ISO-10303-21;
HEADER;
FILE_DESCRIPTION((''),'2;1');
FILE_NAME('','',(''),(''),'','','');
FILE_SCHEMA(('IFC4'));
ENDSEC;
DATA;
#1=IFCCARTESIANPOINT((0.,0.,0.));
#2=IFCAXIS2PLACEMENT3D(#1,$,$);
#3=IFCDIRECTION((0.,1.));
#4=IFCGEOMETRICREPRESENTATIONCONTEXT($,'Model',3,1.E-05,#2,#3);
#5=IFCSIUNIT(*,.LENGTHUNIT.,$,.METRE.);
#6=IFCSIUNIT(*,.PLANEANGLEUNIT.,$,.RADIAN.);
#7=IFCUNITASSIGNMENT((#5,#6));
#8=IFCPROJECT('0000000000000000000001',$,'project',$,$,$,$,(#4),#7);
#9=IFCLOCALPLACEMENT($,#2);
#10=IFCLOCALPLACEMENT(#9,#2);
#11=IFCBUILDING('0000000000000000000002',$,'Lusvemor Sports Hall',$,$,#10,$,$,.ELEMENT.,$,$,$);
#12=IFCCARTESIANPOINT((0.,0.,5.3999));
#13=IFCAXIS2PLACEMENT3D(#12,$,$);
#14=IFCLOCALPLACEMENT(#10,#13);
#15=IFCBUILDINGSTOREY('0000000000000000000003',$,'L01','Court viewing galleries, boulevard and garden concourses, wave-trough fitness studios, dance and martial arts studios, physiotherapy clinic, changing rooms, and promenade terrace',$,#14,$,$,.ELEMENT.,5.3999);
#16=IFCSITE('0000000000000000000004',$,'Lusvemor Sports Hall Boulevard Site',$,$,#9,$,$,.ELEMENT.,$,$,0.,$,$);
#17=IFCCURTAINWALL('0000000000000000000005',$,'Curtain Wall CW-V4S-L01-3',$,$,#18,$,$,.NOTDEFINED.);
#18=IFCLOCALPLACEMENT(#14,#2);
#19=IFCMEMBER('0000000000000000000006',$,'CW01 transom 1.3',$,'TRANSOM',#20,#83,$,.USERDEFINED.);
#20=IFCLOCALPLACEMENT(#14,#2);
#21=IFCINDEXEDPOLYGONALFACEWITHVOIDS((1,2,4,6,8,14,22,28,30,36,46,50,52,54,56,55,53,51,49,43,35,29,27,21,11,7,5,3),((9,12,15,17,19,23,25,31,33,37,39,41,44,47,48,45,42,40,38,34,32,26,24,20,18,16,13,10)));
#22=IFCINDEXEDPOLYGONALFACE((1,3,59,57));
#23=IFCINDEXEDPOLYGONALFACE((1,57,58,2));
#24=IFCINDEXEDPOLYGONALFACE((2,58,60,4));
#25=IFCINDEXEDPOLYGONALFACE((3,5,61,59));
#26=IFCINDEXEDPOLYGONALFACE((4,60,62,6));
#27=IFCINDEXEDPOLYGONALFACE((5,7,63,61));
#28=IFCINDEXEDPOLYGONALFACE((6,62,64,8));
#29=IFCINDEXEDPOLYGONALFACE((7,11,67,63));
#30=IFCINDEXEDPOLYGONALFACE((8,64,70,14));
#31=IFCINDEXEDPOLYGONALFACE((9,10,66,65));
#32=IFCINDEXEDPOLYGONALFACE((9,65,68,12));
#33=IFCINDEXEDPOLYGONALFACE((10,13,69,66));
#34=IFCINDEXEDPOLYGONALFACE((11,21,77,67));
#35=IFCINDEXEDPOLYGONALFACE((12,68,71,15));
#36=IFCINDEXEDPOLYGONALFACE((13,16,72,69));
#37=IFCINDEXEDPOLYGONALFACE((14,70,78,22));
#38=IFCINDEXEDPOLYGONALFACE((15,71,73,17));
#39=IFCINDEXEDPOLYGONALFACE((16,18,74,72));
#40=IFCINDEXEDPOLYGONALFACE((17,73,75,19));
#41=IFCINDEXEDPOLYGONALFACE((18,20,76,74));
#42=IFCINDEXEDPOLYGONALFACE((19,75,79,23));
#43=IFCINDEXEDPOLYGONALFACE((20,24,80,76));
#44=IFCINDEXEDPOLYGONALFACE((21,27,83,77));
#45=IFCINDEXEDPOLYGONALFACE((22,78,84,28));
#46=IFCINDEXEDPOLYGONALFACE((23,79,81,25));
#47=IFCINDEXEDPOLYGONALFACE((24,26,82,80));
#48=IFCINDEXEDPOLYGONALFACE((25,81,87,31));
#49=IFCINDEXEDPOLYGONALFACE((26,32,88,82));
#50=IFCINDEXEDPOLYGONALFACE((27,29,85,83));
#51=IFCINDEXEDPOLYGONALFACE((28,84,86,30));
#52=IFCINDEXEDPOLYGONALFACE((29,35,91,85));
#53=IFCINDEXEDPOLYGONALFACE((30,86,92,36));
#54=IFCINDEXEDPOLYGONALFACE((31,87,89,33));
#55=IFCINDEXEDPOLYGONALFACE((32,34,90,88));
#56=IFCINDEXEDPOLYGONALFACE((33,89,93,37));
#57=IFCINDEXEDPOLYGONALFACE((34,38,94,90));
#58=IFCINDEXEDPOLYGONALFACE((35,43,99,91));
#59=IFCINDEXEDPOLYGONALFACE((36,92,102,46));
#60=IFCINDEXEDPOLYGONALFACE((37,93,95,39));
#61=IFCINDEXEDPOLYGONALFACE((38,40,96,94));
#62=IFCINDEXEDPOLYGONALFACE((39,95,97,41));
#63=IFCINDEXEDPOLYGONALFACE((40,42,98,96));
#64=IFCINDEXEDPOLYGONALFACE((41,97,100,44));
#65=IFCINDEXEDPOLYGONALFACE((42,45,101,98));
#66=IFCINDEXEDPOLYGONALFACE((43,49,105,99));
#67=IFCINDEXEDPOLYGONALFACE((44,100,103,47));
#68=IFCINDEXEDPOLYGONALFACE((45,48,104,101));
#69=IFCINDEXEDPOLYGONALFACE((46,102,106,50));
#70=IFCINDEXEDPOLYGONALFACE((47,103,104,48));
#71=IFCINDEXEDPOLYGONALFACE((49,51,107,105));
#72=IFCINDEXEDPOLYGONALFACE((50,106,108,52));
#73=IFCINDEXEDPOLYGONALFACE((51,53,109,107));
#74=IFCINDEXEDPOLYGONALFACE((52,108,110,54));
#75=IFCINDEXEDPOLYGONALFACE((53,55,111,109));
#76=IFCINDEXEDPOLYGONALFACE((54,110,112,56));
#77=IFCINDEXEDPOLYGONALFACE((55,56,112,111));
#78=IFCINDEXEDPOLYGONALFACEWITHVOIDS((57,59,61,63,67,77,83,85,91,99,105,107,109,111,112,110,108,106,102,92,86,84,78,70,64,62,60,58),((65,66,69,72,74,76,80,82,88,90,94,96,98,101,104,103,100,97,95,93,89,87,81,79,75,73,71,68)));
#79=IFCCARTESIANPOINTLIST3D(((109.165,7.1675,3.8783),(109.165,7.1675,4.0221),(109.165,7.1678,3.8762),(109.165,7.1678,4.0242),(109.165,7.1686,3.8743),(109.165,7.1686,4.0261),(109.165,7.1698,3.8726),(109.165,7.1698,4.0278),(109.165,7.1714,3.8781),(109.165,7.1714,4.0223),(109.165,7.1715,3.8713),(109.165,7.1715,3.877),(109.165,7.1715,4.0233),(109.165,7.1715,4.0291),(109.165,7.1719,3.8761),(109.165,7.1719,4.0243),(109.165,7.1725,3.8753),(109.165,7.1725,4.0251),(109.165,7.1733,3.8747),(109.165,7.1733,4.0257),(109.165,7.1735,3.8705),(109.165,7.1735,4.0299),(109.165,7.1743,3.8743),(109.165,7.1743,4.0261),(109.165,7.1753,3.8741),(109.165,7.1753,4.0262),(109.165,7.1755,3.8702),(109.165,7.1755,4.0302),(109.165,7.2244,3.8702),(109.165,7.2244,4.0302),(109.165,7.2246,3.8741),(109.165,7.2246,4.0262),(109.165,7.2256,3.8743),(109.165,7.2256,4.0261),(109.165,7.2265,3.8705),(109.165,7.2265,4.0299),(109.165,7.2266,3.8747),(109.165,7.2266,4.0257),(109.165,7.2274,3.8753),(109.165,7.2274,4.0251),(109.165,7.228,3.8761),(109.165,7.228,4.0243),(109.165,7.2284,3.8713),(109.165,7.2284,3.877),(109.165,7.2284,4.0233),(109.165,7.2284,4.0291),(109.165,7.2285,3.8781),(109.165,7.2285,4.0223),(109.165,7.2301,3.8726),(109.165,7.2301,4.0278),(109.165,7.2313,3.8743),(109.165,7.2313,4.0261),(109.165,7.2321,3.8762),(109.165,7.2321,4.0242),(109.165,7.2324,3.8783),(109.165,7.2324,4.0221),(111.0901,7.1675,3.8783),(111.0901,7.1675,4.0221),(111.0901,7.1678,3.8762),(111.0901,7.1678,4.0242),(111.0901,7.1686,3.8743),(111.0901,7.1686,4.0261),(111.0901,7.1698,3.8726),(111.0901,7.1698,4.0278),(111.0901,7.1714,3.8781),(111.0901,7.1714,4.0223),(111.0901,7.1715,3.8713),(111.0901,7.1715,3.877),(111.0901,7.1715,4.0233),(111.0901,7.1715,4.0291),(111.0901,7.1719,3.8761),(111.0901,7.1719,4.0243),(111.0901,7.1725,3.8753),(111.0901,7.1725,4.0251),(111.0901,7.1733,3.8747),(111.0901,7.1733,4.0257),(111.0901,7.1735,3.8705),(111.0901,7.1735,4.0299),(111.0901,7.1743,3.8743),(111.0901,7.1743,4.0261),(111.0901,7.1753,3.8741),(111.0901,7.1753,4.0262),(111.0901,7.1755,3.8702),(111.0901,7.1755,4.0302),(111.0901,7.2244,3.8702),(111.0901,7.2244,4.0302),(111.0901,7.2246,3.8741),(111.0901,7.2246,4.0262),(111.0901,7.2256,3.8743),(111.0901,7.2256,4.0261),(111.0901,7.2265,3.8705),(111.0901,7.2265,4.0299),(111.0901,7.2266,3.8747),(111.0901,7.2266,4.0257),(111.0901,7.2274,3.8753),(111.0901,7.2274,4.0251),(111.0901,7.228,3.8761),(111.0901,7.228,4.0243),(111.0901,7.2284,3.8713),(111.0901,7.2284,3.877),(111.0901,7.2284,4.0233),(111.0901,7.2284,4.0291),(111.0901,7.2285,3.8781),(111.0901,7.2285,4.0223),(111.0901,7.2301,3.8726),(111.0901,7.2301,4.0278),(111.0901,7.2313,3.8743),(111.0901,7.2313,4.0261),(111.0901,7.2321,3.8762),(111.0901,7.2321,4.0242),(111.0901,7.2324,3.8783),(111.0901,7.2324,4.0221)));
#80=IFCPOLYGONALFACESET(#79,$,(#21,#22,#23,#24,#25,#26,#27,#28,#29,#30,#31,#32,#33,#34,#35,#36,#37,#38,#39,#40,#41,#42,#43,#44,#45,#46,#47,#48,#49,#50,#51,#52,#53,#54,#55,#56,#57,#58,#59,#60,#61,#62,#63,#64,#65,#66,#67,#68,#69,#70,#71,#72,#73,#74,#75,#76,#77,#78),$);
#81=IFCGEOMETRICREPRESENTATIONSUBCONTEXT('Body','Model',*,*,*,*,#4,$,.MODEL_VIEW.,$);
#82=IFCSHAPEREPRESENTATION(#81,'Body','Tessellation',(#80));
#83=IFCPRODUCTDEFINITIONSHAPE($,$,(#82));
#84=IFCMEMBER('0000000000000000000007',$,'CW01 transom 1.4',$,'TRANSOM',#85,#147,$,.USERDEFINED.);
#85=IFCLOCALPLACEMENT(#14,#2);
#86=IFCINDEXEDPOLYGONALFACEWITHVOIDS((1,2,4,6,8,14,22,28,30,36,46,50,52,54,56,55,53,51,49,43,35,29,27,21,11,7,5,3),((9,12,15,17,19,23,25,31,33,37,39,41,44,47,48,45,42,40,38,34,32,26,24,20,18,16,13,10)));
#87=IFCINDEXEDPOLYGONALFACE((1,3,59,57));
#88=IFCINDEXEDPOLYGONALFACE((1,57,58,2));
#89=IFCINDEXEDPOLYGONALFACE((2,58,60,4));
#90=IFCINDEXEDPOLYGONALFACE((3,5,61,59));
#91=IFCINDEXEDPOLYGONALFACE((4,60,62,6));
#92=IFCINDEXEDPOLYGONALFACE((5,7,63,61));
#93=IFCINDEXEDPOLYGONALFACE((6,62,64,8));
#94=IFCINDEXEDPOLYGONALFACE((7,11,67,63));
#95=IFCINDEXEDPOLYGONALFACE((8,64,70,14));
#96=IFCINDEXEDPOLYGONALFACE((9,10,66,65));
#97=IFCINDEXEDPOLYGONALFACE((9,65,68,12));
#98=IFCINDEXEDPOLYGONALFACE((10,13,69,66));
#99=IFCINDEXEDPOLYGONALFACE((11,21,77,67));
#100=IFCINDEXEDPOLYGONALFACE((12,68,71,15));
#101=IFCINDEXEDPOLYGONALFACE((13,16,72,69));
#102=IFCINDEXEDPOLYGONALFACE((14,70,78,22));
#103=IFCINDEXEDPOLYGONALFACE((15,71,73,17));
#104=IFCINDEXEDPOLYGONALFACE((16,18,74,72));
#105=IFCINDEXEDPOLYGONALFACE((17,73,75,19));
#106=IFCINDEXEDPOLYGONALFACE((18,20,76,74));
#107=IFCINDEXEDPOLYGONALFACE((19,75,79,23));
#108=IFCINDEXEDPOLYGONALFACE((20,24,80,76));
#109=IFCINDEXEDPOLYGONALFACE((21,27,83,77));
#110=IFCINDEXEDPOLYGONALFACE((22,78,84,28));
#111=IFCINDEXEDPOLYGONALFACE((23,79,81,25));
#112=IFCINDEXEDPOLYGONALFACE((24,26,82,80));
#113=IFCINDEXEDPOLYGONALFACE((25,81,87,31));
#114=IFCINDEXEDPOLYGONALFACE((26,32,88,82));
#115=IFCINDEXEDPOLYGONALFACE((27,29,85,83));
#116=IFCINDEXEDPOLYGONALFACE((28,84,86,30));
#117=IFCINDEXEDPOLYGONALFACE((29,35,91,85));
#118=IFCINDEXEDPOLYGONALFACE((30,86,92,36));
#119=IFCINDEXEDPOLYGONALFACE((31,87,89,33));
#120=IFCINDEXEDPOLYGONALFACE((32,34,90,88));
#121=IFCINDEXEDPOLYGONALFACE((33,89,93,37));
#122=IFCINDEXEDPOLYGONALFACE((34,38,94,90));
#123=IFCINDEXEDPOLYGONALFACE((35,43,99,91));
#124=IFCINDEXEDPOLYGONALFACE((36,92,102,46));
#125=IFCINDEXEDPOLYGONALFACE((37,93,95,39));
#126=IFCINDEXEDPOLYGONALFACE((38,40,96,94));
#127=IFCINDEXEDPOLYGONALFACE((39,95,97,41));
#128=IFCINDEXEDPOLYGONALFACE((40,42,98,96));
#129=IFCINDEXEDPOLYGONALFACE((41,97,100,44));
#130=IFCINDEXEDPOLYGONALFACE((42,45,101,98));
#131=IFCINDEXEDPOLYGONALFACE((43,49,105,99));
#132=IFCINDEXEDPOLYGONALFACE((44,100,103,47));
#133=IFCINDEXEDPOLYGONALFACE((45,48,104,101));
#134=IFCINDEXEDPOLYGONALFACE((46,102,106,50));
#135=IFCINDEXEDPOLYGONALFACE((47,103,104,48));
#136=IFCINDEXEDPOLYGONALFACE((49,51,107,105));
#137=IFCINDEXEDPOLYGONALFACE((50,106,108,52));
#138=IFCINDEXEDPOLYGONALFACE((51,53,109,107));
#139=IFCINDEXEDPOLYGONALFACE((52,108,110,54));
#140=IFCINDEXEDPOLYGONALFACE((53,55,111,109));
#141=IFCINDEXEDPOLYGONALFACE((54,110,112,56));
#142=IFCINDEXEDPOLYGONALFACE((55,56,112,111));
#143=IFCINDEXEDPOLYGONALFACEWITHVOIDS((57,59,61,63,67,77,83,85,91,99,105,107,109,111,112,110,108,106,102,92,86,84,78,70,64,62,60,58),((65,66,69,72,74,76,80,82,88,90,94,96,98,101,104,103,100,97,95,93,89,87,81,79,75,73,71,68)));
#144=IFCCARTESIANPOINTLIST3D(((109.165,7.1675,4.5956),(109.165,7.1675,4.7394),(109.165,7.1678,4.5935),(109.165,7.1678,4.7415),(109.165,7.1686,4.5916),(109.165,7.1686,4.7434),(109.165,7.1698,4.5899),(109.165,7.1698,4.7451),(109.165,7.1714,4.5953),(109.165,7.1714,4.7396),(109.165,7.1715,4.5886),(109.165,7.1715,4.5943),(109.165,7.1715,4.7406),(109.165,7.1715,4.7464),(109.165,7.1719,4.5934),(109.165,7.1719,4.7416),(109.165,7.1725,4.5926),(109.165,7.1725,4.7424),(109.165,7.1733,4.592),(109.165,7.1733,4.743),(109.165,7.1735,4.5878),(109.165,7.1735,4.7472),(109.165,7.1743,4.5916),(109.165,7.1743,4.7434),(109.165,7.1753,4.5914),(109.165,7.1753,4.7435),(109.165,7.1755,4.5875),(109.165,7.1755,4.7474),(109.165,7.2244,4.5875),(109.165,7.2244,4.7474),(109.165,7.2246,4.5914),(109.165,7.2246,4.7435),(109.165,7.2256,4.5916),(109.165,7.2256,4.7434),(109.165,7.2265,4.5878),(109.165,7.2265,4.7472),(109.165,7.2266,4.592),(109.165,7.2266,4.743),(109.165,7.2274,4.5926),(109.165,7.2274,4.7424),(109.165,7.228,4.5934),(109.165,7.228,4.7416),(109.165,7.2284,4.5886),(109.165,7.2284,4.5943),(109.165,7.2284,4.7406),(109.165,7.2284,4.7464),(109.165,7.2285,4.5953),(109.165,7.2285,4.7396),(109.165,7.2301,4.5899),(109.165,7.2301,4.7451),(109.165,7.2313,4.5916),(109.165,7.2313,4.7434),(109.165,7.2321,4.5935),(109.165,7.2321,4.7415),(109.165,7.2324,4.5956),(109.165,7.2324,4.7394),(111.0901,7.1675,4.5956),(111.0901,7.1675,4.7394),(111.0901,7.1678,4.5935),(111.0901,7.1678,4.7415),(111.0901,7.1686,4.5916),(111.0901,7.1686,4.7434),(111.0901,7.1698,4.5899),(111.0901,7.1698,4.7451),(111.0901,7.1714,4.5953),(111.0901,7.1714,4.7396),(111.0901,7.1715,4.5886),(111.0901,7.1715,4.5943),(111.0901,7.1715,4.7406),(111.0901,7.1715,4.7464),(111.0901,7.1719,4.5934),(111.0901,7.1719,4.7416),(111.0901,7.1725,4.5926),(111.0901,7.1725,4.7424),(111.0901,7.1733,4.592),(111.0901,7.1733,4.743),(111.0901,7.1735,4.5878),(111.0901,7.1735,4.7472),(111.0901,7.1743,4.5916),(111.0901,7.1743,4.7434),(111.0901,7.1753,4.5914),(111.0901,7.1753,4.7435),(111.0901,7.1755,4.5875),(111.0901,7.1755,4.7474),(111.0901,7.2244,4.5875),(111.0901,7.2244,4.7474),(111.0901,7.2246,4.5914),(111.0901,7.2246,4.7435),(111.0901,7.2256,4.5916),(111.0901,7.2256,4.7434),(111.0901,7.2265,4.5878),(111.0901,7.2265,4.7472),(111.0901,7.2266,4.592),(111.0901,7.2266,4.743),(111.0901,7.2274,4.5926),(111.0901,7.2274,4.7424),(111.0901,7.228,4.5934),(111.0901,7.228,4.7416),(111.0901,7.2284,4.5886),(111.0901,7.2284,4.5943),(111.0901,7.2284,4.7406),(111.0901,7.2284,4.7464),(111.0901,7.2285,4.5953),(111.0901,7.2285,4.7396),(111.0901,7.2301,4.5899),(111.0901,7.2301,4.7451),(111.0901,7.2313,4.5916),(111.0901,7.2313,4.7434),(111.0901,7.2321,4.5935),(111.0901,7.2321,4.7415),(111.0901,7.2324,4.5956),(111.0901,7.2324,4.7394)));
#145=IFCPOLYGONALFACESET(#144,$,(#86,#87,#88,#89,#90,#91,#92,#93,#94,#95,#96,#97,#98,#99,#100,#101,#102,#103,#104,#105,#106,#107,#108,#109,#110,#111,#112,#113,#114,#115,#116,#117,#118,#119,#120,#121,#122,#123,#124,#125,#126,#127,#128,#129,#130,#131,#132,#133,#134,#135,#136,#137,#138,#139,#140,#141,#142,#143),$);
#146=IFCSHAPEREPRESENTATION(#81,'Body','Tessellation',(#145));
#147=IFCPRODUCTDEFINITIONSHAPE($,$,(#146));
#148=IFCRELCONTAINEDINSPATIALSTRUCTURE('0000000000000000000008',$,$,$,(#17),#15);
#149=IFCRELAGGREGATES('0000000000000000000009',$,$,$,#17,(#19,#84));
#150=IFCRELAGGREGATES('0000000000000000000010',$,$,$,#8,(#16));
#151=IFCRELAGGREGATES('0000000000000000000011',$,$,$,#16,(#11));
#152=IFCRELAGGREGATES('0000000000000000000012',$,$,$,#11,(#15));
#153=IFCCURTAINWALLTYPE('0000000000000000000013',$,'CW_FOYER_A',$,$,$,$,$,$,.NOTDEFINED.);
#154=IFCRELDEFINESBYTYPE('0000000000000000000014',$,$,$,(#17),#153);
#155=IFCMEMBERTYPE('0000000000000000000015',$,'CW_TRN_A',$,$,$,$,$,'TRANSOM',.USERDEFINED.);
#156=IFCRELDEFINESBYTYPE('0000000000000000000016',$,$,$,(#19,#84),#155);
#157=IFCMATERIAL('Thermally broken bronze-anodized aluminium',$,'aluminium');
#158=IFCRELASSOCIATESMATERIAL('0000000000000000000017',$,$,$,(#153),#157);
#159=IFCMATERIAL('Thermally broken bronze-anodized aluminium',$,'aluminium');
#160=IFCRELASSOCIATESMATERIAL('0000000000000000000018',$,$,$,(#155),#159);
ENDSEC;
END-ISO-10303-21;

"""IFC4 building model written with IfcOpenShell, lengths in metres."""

from ifc_helpers import new_model, si_unit, direction, frame, origin, origin_2d, place, context, subcontext, project, spatial, hollow_rectangle, extrude, material, material_profile, profile_set, type_object, element, aggregate, save


model = new_model("IFC4")

# Units and contexts
model_context = context("Model", 3, precision=1e-05, world=origin(), true_north=direction((0.0, 1.0)))
body_context = subcontext(model_context, "Body", "Model", "MODEL_VIEW")
ifc_project = project(units=[si_unit("LENGTHUNIT", "METRE"), si_unit("PLANEANGLEUNIT", "RADIAN")], contexts=[model_context])

# Site, building, storey
site_placement = place(None, origin())
site = spatial("IfcSite", under=ifc_project, at=site_placement, Name="Lusvemor Sports Hall Boulevard Site", CompositionType="ELEMENT", RefElevation=0.0)
building_placement = place(site_placement, origin())
building = spatial("IfcBuilding", under=site, at=building_placement, Name="Lusvemor Sports Hall", CompositionType="ELEMENT")
storey_placement = place(building_placement, frame((0.0, 0.0, 5.3999)))
storey = spatial("IfcBuildingStorey", under=building, at=storey_placement, Name="L01", Description="Court viewing galleries, boulevard and garden concourses, wave-trough fitness studios, dance and martial arts studios, physiotherapy clinic, changing rooms, and promenade terrace", CompositionType="ELEMENT", Elevation=5.3999)

# Curtain wall, members
ifc_material_1 = material(Name="Thermally broken bronze-anodized aluminium", Category="aluminium")
curtain_wall_type = type_object("IfcCurtainWallType", Name="CW_FOYER_A", PredefinedType="NOTDEFINED", material=ifc_material_1)
curtain_wall_placement = place(storey_placement, origin())
curtain_wall = element("IfcCurtainWall", 1, at=curtain_wall_placement, inside=storey, type_object=curtain_wall_type, Name="Curtain Wall CW-V4S-L01-3", PredefinedType="NOTDEFINED")
ifc_material_2 = material(Name="Thermally broken bronze-anodized aluminium", Category="aluminium")
ifc_material_profile_1 = material_profile(ifc_material_2, hollow_rectangle(XDim=0.0649, YDim=0.1599, WallThickness=0.0039, InnerFilletRadius=0.0039, OuterFilletRadius=0.0081, at=origin_2d()), Name="CWTRN160x65x4")
ifc_profile_set_1 = profile_set([ifc_material_profile_1], Name="Thermally broken bronze-anodized aluminium")
member_type_1 = type_object("IfcMemberType", Name="CW_TRN_A", ElementType="TRANSOM", PredefinedType="USERDEFINED", material=ifc_profile_set_1)
member_1_placement = place(storey_placement, frame((111.0901, 7.2, 3.9502), z_axis=(-1.0, 0.0, 0.0), x_axis=(0.0, -1.0, 0.0)))
member_1 = element("IfcMember", 2, at=member_1_placement, type_object=member_type_1, Name="CW01 transom 1.3", ObjectType="TRANSOM", PredefinedType="USERDEFINED", context=body_context, shape_type="SweptSolid", body=[
    extrude(hollow_rectangle(XDim=0.0649, YDim=0.1599, WallThickness=0.0039, InnerFilletRadius=0.0039, OuterFilletRadius=0.0081, at=origin_2d()), origin(), (0.0, 0.0, 1.0), 1.925),
])
member_2_placement = place(storey_placement, frame((111.0901, 7.2, 4.6675), z_axis=(-1.0, 0.0, 0.0), x_axis=(0.0, -1.0, 0.0)))
member_2 = element("IfcMember", 3, at=member_2_placement, type_object=member_type_1, Name="CW01 transom 1.4", ObjectType="TRANSOM", PredefinedType="USERDEFINED", context=body_context, shape_type="SweptSolid", body=[
    extrude(hollow_rectangle(XDim=0.0649, YDim=0.1599, WallThickness=0.0039, InnerFilletRadius=0.0039, OuterFilletRadius=0.0081, at=origin_2d()), origin(), (0.0, 0.0, 1.0), 1.925),
])
aggregate(curtain_wall, [member_1, member_2])

save(model, "model.ifc")
